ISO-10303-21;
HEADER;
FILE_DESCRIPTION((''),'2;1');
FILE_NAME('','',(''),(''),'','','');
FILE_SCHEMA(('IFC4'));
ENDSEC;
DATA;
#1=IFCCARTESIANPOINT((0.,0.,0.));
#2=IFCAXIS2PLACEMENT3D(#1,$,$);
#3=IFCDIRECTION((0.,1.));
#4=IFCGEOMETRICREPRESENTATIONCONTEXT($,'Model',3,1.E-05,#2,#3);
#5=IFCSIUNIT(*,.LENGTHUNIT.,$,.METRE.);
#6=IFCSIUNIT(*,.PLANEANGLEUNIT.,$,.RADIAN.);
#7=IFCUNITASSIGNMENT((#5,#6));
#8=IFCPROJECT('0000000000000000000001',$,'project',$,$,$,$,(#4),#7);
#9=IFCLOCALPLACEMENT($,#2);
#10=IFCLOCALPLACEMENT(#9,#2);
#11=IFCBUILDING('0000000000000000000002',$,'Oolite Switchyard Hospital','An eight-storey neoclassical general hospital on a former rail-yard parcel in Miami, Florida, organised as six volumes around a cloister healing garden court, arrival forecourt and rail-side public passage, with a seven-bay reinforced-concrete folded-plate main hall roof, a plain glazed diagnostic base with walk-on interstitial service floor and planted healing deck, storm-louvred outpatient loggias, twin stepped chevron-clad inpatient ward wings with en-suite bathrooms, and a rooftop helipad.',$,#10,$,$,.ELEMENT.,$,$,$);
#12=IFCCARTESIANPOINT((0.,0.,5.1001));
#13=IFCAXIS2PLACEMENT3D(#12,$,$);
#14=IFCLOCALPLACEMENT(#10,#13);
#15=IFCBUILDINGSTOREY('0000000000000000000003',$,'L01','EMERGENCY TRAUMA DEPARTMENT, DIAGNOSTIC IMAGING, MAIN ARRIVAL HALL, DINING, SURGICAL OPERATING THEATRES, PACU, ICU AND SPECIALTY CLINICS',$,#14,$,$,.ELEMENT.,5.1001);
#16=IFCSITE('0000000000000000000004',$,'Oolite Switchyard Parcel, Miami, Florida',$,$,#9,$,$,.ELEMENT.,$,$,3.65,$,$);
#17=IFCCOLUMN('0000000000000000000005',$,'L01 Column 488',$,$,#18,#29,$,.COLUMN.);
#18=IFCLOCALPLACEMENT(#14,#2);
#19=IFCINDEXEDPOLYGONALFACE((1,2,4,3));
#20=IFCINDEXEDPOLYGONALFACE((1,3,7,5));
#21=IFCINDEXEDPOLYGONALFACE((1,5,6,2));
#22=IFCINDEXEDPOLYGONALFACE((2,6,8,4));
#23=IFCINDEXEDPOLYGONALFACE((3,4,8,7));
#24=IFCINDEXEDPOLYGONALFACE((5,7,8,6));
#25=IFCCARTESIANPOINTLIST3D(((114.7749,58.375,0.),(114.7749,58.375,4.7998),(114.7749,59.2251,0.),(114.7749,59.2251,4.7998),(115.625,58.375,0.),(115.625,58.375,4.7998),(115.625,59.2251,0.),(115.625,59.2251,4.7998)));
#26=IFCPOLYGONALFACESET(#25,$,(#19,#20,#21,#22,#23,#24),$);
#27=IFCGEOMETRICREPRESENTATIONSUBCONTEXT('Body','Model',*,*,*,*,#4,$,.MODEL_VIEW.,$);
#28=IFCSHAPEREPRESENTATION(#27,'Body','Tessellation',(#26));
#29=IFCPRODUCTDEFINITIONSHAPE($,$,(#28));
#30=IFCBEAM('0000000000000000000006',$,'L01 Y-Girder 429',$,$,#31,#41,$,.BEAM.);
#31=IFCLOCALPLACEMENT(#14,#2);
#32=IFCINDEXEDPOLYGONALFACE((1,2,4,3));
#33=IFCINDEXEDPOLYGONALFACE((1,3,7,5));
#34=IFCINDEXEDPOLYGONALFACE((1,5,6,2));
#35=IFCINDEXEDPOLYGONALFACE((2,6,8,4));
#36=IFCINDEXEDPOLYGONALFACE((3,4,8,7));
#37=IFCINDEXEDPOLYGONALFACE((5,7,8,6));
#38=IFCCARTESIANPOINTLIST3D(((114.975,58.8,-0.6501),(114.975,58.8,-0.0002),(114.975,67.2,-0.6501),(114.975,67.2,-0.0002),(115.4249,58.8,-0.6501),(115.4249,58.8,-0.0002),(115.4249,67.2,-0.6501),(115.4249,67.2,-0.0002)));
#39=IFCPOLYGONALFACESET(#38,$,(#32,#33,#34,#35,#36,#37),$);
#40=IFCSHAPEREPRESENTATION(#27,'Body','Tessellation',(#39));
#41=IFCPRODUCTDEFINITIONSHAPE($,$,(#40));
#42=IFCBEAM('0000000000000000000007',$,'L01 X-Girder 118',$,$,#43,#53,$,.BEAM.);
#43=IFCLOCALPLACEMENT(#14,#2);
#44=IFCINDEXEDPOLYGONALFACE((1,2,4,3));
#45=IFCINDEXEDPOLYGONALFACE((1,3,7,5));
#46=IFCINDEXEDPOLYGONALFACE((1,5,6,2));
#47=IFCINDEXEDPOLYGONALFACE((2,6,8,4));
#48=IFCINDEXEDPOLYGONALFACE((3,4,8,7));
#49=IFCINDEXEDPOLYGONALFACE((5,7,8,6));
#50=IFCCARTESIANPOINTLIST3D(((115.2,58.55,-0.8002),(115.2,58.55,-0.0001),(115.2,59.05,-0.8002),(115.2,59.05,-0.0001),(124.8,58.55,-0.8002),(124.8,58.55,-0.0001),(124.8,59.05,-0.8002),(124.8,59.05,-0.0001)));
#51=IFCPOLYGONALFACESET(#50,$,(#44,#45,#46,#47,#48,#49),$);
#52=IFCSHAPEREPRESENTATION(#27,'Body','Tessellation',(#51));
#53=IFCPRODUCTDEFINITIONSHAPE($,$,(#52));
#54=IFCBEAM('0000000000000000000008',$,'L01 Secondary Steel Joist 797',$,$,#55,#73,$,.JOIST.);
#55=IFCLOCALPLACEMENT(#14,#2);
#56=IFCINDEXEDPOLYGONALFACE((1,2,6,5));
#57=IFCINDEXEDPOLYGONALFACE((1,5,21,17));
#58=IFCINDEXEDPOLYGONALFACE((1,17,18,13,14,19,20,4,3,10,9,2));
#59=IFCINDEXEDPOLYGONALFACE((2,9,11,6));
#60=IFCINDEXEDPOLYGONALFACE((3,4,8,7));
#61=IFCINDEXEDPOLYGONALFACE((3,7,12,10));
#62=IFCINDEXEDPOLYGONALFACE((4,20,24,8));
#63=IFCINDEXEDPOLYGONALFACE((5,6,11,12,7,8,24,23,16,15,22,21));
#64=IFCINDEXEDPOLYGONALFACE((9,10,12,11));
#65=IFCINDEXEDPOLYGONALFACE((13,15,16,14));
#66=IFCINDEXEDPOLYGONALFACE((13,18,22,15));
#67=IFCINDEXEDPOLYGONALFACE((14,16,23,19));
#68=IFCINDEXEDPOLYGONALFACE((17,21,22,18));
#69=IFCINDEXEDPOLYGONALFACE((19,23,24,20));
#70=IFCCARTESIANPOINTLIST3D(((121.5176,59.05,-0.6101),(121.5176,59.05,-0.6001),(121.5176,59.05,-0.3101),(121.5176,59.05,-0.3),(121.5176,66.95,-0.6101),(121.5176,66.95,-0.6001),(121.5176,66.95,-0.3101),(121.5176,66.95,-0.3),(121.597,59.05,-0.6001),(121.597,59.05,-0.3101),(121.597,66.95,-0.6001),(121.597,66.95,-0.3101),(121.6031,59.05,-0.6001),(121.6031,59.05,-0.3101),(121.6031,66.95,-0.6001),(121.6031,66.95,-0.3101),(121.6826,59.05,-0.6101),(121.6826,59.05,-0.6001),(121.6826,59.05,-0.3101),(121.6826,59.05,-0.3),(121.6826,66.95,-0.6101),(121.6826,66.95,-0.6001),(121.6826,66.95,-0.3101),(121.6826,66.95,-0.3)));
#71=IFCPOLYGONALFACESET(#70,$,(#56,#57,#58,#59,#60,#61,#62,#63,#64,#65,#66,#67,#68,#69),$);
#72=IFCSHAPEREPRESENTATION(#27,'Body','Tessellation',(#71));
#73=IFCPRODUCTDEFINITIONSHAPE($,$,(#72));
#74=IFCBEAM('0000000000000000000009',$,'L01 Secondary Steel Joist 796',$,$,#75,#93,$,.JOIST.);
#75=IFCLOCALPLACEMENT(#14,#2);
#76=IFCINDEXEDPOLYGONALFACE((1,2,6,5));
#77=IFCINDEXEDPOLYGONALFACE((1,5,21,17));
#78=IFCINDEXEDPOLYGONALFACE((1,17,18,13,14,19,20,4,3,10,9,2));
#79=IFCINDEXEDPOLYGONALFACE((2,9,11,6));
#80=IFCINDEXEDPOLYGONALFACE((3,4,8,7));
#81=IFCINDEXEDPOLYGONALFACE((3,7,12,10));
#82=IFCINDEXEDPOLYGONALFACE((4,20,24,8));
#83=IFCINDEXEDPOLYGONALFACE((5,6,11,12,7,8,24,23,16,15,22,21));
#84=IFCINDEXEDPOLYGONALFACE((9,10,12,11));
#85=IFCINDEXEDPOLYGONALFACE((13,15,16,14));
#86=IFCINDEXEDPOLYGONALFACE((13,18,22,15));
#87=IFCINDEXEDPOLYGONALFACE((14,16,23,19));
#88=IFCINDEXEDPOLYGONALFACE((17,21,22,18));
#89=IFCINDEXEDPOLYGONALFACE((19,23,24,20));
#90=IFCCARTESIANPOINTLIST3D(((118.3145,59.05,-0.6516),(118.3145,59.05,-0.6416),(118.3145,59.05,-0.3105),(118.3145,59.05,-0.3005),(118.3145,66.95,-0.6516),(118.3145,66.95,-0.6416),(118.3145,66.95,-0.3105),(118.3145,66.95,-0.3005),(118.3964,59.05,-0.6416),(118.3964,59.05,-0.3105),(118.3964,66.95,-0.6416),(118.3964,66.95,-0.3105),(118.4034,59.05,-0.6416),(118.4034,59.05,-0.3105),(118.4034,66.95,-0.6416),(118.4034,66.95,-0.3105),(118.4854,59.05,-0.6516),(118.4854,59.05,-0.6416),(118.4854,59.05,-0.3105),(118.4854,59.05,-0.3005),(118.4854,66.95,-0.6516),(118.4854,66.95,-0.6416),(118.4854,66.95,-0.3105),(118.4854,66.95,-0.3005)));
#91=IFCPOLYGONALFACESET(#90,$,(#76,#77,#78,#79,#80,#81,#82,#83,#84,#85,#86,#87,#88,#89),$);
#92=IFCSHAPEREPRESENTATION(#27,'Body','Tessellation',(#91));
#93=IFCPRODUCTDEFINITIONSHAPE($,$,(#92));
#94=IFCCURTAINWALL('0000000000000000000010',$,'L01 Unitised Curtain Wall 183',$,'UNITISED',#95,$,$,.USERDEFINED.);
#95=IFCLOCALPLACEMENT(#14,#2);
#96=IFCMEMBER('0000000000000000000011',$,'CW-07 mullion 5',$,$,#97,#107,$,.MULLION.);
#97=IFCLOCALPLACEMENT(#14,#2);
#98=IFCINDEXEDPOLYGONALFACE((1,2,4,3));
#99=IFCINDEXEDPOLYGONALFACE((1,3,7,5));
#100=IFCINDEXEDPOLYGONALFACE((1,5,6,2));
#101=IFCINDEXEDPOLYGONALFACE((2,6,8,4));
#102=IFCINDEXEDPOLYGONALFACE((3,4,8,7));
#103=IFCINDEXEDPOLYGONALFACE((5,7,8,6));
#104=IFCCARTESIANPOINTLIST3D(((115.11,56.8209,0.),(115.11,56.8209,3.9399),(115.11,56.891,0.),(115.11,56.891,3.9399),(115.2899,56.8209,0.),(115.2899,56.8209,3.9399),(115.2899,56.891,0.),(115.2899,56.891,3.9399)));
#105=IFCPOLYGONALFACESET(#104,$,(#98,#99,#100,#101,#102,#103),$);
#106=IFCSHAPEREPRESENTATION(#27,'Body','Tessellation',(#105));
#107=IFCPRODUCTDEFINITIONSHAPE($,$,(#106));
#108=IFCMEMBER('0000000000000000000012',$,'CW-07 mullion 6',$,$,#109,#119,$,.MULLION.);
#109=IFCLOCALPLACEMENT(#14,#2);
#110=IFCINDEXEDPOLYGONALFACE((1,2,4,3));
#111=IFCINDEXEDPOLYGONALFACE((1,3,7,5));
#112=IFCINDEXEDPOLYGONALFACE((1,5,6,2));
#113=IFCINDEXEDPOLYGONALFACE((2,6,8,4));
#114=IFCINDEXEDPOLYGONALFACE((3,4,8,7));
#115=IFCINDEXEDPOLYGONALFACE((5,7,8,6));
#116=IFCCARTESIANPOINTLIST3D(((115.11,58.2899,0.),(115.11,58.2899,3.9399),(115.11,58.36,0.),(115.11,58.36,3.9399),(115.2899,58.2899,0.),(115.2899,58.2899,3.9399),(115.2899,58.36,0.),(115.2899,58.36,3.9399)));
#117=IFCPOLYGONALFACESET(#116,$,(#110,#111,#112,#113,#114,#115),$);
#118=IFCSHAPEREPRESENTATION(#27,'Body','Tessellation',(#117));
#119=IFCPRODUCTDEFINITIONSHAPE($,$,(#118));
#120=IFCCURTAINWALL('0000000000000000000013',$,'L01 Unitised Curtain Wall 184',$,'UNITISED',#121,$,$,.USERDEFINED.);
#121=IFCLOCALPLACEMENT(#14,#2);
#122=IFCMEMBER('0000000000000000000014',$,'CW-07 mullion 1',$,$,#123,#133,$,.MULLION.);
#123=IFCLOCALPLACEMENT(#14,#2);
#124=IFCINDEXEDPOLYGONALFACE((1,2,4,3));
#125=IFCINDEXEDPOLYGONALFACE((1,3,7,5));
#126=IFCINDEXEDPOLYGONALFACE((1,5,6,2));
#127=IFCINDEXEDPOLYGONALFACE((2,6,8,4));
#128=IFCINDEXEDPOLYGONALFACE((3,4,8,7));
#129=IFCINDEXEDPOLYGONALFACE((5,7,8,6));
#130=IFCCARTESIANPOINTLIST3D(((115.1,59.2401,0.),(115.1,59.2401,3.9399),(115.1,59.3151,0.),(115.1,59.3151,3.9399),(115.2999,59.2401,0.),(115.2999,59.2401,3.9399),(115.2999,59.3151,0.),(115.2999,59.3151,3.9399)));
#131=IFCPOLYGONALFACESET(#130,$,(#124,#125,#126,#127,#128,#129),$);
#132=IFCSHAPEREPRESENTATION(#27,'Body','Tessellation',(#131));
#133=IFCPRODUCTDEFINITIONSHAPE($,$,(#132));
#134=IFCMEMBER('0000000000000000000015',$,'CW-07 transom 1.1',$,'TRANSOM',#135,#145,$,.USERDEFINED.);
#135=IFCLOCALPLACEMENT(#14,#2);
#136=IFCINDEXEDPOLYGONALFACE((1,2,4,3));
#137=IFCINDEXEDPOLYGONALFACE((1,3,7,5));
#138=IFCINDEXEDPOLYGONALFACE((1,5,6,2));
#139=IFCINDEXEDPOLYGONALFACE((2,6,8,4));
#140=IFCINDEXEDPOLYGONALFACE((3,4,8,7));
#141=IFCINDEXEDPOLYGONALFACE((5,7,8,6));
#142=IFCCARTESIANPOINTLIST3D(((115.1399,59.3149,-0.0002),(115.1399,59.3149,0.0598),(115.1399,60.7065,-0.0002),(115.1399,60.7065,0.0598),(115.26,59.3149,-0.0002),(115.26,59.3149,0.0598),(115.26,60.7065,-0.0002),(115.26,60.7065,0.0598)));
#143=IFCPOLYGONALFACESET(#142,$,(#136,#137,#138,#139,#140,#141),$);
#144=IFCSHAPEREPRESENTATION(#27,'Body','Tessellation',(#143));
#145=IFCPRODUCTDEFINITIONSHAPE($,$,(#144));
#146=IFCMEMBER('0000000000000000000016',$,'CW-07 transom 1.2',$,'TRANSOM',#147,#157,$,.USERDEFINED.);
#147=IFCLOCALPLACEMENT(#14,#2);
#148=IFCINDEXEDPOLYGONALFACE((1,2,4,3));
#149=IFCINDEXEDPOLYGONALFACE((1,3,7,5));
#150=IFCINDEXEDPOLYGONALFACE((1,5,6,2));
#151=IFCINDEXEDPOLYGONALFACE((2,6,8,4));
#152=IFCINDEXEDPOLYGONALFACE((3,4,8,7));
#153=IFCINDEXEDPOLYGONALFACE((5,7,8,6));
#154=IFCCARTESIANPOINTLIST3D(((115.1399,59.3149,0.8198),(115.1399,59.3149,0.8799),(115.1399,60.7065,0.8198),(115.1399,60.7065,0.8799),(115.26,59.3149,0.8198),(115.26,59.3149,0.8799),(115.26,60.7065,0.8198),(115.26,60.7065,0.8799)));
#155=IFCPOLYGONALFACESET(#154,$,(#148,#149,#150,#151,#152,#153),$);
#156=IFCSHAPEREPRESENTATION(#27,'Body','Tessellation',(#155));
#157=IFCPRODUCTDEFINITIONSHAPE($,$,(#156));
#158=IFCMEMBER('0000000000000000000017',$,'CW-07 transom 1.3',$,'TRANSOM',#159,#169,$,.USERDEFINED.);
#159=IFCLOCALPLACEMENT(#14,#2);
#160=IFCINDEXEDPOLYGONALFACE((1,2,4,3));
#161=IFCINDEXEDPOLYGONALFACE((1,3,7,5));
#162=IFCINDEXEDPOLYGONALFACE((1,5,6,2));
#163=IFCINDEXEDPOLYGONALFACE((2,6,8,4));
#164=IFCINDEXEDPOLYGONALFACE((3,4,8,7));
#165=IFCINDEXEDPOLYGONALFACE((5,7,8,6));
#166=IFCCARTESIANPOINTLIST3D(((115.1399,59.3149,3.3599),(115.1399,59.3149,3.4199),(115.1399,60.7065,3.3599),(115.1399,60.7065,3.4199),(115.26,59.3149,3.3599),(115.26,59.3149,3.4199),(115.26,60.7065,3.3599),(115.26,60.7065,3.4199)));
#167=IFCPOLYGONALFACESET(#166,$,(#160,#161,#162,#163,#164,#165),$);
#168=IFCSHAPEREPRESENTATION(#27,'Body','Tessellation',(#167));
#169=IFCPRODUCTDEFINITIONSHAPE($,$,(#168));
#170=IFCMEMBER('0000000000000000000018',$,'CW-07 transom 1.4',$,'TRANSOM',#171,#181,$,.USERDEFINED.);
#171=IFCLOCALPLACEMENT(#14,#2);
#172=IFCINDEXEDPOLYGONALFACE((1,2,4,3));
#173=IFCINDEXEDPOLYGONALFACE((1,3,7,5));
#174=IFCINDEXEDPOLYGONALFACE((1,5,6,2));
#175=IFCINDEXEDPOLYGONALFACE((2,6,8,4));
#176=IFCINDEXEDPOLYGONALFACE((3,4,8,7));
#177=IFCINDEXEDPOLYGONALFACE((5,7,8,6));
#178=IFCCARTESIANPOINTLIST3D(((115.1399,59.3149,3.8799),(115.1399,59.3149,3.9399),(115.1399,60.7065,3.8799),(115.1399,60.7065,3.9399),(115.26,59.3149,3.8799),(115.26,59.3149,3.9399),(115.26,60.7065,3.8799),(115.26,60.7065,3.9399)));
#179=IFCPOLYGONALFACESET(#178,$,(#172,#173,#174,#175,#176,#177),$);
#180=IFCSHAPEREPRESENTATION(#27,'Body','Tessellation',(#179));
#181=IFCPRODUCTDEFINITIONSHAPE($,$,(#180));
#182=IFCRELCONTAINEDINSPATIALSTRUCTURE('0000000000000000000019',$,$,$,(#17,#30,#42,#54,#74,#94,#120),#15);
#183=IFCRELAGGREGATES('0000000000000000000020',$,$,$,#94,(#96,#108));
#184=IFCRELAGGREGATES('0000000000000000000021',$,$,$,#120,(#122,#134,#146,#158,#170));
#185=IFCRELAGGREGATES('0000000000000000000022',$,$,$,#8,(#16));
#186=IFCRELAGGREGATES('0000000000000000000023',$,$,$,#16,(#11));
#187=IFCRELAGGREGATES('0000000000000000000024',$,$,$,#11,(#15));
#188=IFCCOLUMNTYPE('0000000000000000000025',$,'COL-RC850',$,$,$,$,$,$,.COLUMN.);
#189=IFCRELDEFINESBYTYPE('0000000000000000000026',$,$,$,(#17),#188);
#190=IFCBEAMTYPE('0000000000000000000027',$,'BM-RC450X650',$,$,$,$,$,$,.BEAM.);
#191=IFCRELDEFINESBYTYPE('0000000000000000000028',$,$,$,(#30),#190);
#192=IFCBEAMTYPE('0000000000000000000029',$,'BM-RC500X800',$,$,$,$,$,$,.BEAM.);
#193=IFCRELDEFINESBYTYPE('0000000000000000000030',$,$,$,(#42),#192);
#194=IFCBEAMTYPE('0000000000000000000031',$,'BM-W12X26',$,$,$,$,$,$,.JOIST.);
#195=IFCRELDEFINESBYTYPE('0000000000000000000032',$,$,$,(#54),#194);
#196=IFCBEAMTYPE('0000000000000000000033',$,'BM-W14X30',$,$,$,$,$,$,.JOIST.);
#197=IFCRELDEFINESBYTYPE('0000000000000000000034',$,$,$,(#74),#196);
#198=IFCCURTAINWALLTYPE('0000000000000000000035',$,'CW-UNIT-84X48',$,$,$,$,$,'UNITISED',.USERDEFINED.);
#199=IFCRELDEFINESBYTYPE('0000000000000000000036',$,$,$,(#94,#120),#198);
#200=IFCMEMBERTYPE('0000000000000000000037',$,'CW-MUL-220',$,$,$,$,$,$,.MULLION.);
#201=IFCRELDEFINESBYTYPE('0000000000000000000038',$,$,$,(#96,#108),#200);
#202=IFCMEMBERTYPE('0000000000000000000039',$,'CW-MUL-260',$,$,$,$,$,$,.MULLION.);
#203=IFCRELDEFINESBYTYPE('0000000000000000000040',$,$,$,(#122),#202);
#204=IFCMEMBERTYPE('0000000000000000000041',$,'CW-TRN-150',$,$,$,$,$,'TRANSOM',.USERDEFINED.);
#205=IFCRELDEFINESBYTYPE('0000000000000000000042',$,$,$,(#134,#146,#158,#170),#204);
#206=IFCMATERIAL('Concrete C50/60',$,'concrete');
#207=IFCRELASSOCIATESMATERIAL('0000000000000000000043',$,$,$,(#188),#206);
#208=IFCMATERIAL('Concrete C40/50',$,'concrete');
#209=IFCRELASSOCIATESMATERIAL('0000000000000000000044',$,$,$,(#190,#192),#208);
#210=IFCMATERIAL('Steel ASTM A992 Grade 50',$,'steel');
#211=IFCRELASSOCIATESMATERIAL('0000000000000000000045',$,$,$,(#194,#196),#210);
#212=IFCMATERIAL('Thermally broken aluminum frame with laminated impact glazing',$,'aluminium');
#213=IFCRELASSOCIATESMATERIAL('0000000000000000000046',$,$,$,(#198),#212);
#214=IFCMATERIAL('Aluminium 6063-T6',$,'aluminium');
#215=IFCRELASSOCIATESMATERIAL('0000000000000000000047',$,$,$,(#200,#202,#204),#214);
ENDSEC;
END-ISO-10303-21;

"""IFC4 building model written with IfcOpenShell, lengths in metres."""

from ifc_helpers import new_model, si_unit, direction, frame, origin, origin_2d, place, context, subcontext, project, spatial, rectangle, i_section, extrude, material, material_profile, profile_set, type_object, element, aggregate, save


model = new_model("IFC4")

# Units and contexts
model_context = context("Model", 3, precision=1e-05, world=origin(), true_north=direction((0.0, 1.0)))
body_context = subcontext(model_context, "Body", "Model", "MODEL_VIEW")
ifc_project = project(units=[si_unit("LENGTHUNIT", "METRE"), si_unit("PLANEANGLEUNIT", "RADIAN")], contexts=[model_context])

# Site, building, storey
site_placement = place(None, origin())
site = spatial("IfcSite", under=ifc_project, at=site_placement, Name="Oolite Switchyard Parcel, Miami, Florida", CompositionType="ELEMENT", RefElevation=3.65)
building_placement = place(site_placement, origin())
building = spatial("IfcBuilding", under=site, at=building_placement, Name="Oolite Switchyard Hospital", Description="An eight-storey neoclassical general hospital on a former rail-yard parcel in Miami, Florida, organised as six volumes around a cloister healing garden court, arrival forecourt and rail-side public passage, with a seven-bay reinforced-concrete folded-plate main hall roof, a plain glazed diagnostic base with walk-on interstitial service floor and planted healing deck, storm-louvred outpatient loggias, twin stepped chevron-clad inpatient ward wings with en-suite bathrooms, and a rooftop helipad.", CompositionType="ELEMENT")
storey_placement = place(building_placement, frame((0.0, 0.0, 5.1001)))
storey = spatial("IfcBuildingStorey", under=building, at=storey_placement, Name="L01", Description="EMERGENCY TRAUMA DEPARTMENT, DIAGNOSTIC IMAGING, MAIN ARRIVAL HALL, DINING, SURGICAL OPERATING THEATRES, PACU, ICU AND SPECIALTY CLINICS", CompositionType="ELEMENT", Elevation=5.1001)

# Column
ifc_material_1 = material(Name="Concrete C50/60", Category="concrete")
ifc_material_profile_1 = material_profile(ifc_material_1, rectangle(XDim=0.8501, YDim=0.8501, at=origin_2d()), Name="RC850X850")
ifc_profile_set_1 = profile_set([ifc_material_profile_1], Name="Concrete C50/60")
column_type = type_object("IfcColumnType", Name="COL-RC850", PredefinedType="COLUMN", material=ifc_profile_set_1)
column_placement = place(storey_placement, frame((115.2, 58.8, 0.0), z_axis=(0.0, 0.0, 1.0), x_axis=(1.0, 0.0, 0.0)))
element("IfcColumn", 1, at=column_placement, inside=storey, type_object=column_type, Name="L01 Column 488", PredefinedType="COLUMN", context=body_context, shape_type="SweptSolid", body=[
    extrude(rectangle(XDim=0.8501, YDim=0.8501, at=origin_2d()), origin(), (0.0, 0.0, 1.0), 4.7998),
])

# Beams
ifc_material_2 = material(Name="Concrete C40/50", Category="concrete")
ifc_material_profile_2 = material_profile(ifc_material_2, rectangle(XDim=0.45, YDim=0.6499, at=origin_2d()), Name="RCB450X650")
ifc_profile_set_2 = profile_set([ifc_material_profile_2], Name="Concrete C40/50")
beam_type_1 = type_object("IfcBeamType", Name="BM-RC450X650", PredefinedType="BEAM", material=ifc_profile_set_2)
beam_1_placement = place(storey_placement, frame((115.2, 58.8, -0.3252), z_axis=(0.0, 1.0, 0.0), x_axis=(-1.0, 0.0, 0.0)))
element("IfcBeam", 2, at=beam_1_placement, inside=storey, type_object=beam_type_1, Name="L01 Y-Girder 429", PredefinedType="BEAM", context=body_context, shape_type="SweptSolid", body=[
    extrude(rectangle(XDim=0.45, YDim=0.6499, at=origin_2d()), origin(), (0.0, 0.0, 1.0), 8.3999),
])
ifc_material_profile_3 = material_profile(ifc_material_2, rectangle(XDim=0.5, YDim=0.8, at=origin_2d()), Name="RCB500X800")
ifc_profile_set_3 = profile_set([ifc_material_profile_3], Name="Concrete C40/50")
beam_type_2 = type_object("IfcBeamType", Name="BM-RC500X800", PredefinedType="BEAM", material=ifc_profile_set_3)
beam_2_placement = place(storey_placement, frame((115.2, 58.8, -0.4001), z_axis=(1.0, 0.0, 0.0), x_axis=(0.0, 1.0, 0.0)))
element("IfcBeam", 3, at=beam_2_placement, inside=storey, type_object=beam_type_2, Name="L01 X-Girder 118", PredefinedType="BEAM", context=body_context, shape_type="SweptSolid", body=[
    extrude(rectangle(XDim=0.5, YDim=0.8, at=origin_2d()), origin(), (0.0, 0.0, 1.0), 9.6001),
])
ifc_material_3 = material(Name="Steel ASTM A992 Grade 50", Category="steel")
ifc_material_profile_4 = material_profile(ifc_material_3, i_section(OverallWidth=0.165, OverallDepth=0.3101, WebThickness=0.0061, FlangeThickness=0.01, at=origin_2d()), Name="W12X26")
ifc_profile_set_4 = profile_set([ifc_material_profile_4], Name="Steel ASTM A992 Grade 50")
beam_type_3 = type_object("IfcBeamType", Name="BM-W12X26", PredefinedType="JOIST", material=ifc_profile_set_4)
beam_3_placement = place(storey_placement, frame((121.6001, 59.05, -0.4551), z_axis=(0.0, 1.0, 0.0), x_axis=(-1.0, 0.0, 0.0)))
element("IfcBeam", 4, at=beam_3_placement, inside=storey, type_object=beam_type_3, Name="L01 Secondary Steel Joist 797", PredefinedType="JOIST", context=body_context, shape_type="SweptSolid", body=[
    extrude(i_section(OverallWidth=0.165, OverallDepth=0.3101, WebThickness=0.0061, FlangeThickness=0.01, at=origin_2d()), origin(), (0.0, 0.0, 1.0), 7.8999),
])
ifc_material_profile_5 = material_profile(ifc_material_3, i_section(OverallWidth=0.1709, OverallDepth=0.3511, WebThickness=0.0071, FlangeThickness=0.01, at=origin_2d()), Name="W14X30")
ifc_profile_set_5 = profile_set([ifc_material_profile_5], Name="Steel ASTM A992 Grade 50")
beam_type_4 = type_object("IfcBeamType", Name="BM-W14X30", PredefinedType="JOIST", material=ifc_profile_set_5)
beam_4_placement = place(storey_placement, frame((118.3999, 59.05, -0.4761), z_axis=(0.0, 1.0, 0.0), x_axis=(-1.0, 0.0, 0.0)))
element("IfcBeam", 5, at=beam_4_placement, inside=storey, type_object=beam_type_4, Name="L01 Secondary Steel Joist 796", PredefinedType="JOIST", context=body_context, shape_type="SweptSolid", body=[
    extrude(i_section(OverallWidth=0.1709, OverallDepth=0.3511, WebThickness=0.0071, FlangeThickness=0.01, at=origin_2d()), origin(), (0.0, 0.0, 1.0), 7.8999),
])

# Curtain walls, members
ifc_material_4 = material(Name="Thermally broken aluminum frame with laminated impact glazing", Category="aluminium")
curtain_wall_type = type_object("IfcCurtainWallType", Name="CW-UNIT-84X48", ElementType="UNITISED", PredefinedType="USERDEFINED", material=ifc_material_4)
curtain_wall_1_placement = place(storey_placement, origin())
curtain_wall_1 = element("IfcCurtainWall", 6, at=curtain_wall_1_placement, inside=storey, type_object=curtain_wall_type, Name="L01 Unitised Curtain Wall 183", ObjectType="UNITISED", PredefinedType="USERDEFINED")
ifc_material_5 = material(Name="Aluminium 6063-T6", Category="aluminium")
ifc_material_profile_6 = material_profile(ifc_material_5, rectangle(XDim=0.1799, YDim=0.0701, at=origin_2d()), Name="CWM70X180")
ifc_profile_set_6 = profile_set([ifc_material_profile_6], Name="Aluminium 6063-T6")
member_type_1 = type_object("IfcMemberType", Name="CW-MUL-220", PredefinedType="MULLION", material=ifc_profile_set_6)
member_1_placement = place(storey_placement, frame((115.2, 56.856, 0.0), z_axis=(0.0, 0.0, 1.0), x_axis=(-1.0, 0.0, 0.0)))
member_1 = element("IfcMember", 7, at=member_1_placement, type_object=member_type_1, Name="CW-07 mullion 5", PredefinedType="MULLION", context=body_context, shape_type="SweptSolid", body=[
    extrude(rectangle(XDim=0.1799, YDim=0.0701, at=origin_2d()), origin(), (0.0, 0.0, 1.0), 3.9399),
])
member_2_placement = place(storey_placement, frame((115.2, 58.325, 0.0), z_axis=(0.0, 0.0, 1.0), x_axis=(-1.0, 0.0, 0.0)))
member_2 = element("IfcMember", 8, at=member_2_placement, type_object=member_type_1, Name="CW-07 mullion 6", PredefinedType="MULLION", context=body_context, shape_type="SweptSolid", body=[
    extrude(rectangle(XDim=0.1799, YDim=0.0701, at=origin_2d()), origin(), (0.0, 0.0, 1.0), 3.9399),
])
curtain_wall_2_placement = place(storey_placement, origin())
curtain_wall_2 = element("IfcCurtainWall", 9, at=curtain_wall_2_placement, inside=storey, type_object=curtain_wall_type, Name="L01 Unitised Curtain Wall 184", ObjectType="UNITISED", PredefinedType="USERDEFINED")
ifc_material_profile_7 = material_profile(ifc_material_5, rectangle(XDim=0.2, YDim=0.075, at=origin_2d()), Name="CWM75X200")
ifc_profile_set_7 = profile_set([ifc_material_profile_7], Name="Aluminium 6063-T6")
member_type_2 = type_object("IfcMemberType", Name="CW-MUL-260", PredefinedType="MULLION", material=ifc_profile_set_7)
member_3_placement = place(storey_placement, frame((115.2, 59.2776, 0.0), z_axis=(0.0, 0.0, 1.0), x_axis=(-1.0, 0.0, 0.0)))
member_3 = element("IfcMember", 10, at=member_3_placement, type_object=member_type_2, Name="CW-07 mullion 1", PredefinedType="MULLION", context=body_context, shape_type="SweptSolid", body=[
    extrude(rectangle(XDim=0.2, YDim=0.075, at=origin_2d()), origin(), (0.0, 0.0, 1.0), 3.9399),
])
ifc_material_profile_8 = material_profile(ifc_material_5, rectangle(XDim=0.1201, YDim=0.0601, at=origin_2d()), Name="CWT60X120")
ifc_profile_set_8 = profile_set([ifc_material_profile_8], Name="Aluminium 6063-T6")
member_type_3 = type_object("IfcMemberType", Name="CW-TRN-150", ElementType="TRANSOM", PredefinedType="USERDEFINED", material=ifc_profile_set_8)
member_4_placement = place(storey_placement, frame((115.2, 59.3149, 0.0298), z_axis=(0.0, 1.0, 0.0), x_axis=(-1.0, 0.0, 0.0)))
member_4 = element("IfcMember", 11, at=member_4_placement, type_object=member_type_3, Name="CW-07 transom 1.1", ObjectType="TRANSOM", PredefinedType="USERDEFINED", context=body_context, shape_type="SweptSolid", body=[
    extrude(rectangle(XDim=0.1201, YDim=0.0601, at=origin_2d()), origin(), (0.0, 0.0, 1.0), 1.3916),
])
member_5_placement = place(storey_placement, frame((115.2, 59.3149, 0.8499), z_axis=(0.0, 1.0, 0.0), x_axis=(-1.0, 0.0, 0.0)))
member_5 = element("IfcMember", 12, at=member_5_placement, type_object=member_type_3, Name="CW-07 transom 1.2", ObjectType="TRANSOM", PredefinedType="USERDEFINED", context=body_context, shape_type="SweptSolid", body=[
    extrude(rectangle(XDim=0.1201, YDim=0.0601, at=origin_2d()), origin(), (0.0, 0.0, 1.0), 1.3916),
])
member_6_placement = place(storey_placement, frame((115.2, 59.3149, 3.3899), z_axis=(0.0, 1.0, 0.0), x_axis=(-1.0, 0.0, 0.0)))
member_6 = element("IfcMember", 13, at=member_6_placement, type_object=member_type_3, Name="CW-07 transom 1.3", ObjectType="TRANSOM", PredefinedType="USERDEFINED", context=body_context, shape_type="SweptSolid", body=[
    extrude(rectangle(XDim=0.1201, YDim=0.0601, at=origin_2d()), origin(), (0.0, 0.0, 1.0), 1.3916),
])
member_7_placement = place(storey_placement, frame((115.2, 59.3149, 3.9099), z_axis=(0.0, 1.0, 0.0), x_axis=(-1.0, 0.0, 0.0)))
member_7 = element("IfcMember", 14, at=member_7_placement, type_object=member_type_3, Name="CW-07 transom 1.4", ObjectType="TRANSOM", PredefinedType="USERDEFINED", context=body_context, shape_type="SweptSolid", body=[
    extrude(rectangle(XDim=0.1201, YDim=0.0601, at=origin_2d()), origin(), (0.0, 0.0, 1.0), 1.3916),
])

aggregate(curtain_wall_1, [member_1, member_2])
aggregate(curtain_wall_2, [member_3, member_4, member_5, member_6, member_7])

save(model, "model.ifc")
